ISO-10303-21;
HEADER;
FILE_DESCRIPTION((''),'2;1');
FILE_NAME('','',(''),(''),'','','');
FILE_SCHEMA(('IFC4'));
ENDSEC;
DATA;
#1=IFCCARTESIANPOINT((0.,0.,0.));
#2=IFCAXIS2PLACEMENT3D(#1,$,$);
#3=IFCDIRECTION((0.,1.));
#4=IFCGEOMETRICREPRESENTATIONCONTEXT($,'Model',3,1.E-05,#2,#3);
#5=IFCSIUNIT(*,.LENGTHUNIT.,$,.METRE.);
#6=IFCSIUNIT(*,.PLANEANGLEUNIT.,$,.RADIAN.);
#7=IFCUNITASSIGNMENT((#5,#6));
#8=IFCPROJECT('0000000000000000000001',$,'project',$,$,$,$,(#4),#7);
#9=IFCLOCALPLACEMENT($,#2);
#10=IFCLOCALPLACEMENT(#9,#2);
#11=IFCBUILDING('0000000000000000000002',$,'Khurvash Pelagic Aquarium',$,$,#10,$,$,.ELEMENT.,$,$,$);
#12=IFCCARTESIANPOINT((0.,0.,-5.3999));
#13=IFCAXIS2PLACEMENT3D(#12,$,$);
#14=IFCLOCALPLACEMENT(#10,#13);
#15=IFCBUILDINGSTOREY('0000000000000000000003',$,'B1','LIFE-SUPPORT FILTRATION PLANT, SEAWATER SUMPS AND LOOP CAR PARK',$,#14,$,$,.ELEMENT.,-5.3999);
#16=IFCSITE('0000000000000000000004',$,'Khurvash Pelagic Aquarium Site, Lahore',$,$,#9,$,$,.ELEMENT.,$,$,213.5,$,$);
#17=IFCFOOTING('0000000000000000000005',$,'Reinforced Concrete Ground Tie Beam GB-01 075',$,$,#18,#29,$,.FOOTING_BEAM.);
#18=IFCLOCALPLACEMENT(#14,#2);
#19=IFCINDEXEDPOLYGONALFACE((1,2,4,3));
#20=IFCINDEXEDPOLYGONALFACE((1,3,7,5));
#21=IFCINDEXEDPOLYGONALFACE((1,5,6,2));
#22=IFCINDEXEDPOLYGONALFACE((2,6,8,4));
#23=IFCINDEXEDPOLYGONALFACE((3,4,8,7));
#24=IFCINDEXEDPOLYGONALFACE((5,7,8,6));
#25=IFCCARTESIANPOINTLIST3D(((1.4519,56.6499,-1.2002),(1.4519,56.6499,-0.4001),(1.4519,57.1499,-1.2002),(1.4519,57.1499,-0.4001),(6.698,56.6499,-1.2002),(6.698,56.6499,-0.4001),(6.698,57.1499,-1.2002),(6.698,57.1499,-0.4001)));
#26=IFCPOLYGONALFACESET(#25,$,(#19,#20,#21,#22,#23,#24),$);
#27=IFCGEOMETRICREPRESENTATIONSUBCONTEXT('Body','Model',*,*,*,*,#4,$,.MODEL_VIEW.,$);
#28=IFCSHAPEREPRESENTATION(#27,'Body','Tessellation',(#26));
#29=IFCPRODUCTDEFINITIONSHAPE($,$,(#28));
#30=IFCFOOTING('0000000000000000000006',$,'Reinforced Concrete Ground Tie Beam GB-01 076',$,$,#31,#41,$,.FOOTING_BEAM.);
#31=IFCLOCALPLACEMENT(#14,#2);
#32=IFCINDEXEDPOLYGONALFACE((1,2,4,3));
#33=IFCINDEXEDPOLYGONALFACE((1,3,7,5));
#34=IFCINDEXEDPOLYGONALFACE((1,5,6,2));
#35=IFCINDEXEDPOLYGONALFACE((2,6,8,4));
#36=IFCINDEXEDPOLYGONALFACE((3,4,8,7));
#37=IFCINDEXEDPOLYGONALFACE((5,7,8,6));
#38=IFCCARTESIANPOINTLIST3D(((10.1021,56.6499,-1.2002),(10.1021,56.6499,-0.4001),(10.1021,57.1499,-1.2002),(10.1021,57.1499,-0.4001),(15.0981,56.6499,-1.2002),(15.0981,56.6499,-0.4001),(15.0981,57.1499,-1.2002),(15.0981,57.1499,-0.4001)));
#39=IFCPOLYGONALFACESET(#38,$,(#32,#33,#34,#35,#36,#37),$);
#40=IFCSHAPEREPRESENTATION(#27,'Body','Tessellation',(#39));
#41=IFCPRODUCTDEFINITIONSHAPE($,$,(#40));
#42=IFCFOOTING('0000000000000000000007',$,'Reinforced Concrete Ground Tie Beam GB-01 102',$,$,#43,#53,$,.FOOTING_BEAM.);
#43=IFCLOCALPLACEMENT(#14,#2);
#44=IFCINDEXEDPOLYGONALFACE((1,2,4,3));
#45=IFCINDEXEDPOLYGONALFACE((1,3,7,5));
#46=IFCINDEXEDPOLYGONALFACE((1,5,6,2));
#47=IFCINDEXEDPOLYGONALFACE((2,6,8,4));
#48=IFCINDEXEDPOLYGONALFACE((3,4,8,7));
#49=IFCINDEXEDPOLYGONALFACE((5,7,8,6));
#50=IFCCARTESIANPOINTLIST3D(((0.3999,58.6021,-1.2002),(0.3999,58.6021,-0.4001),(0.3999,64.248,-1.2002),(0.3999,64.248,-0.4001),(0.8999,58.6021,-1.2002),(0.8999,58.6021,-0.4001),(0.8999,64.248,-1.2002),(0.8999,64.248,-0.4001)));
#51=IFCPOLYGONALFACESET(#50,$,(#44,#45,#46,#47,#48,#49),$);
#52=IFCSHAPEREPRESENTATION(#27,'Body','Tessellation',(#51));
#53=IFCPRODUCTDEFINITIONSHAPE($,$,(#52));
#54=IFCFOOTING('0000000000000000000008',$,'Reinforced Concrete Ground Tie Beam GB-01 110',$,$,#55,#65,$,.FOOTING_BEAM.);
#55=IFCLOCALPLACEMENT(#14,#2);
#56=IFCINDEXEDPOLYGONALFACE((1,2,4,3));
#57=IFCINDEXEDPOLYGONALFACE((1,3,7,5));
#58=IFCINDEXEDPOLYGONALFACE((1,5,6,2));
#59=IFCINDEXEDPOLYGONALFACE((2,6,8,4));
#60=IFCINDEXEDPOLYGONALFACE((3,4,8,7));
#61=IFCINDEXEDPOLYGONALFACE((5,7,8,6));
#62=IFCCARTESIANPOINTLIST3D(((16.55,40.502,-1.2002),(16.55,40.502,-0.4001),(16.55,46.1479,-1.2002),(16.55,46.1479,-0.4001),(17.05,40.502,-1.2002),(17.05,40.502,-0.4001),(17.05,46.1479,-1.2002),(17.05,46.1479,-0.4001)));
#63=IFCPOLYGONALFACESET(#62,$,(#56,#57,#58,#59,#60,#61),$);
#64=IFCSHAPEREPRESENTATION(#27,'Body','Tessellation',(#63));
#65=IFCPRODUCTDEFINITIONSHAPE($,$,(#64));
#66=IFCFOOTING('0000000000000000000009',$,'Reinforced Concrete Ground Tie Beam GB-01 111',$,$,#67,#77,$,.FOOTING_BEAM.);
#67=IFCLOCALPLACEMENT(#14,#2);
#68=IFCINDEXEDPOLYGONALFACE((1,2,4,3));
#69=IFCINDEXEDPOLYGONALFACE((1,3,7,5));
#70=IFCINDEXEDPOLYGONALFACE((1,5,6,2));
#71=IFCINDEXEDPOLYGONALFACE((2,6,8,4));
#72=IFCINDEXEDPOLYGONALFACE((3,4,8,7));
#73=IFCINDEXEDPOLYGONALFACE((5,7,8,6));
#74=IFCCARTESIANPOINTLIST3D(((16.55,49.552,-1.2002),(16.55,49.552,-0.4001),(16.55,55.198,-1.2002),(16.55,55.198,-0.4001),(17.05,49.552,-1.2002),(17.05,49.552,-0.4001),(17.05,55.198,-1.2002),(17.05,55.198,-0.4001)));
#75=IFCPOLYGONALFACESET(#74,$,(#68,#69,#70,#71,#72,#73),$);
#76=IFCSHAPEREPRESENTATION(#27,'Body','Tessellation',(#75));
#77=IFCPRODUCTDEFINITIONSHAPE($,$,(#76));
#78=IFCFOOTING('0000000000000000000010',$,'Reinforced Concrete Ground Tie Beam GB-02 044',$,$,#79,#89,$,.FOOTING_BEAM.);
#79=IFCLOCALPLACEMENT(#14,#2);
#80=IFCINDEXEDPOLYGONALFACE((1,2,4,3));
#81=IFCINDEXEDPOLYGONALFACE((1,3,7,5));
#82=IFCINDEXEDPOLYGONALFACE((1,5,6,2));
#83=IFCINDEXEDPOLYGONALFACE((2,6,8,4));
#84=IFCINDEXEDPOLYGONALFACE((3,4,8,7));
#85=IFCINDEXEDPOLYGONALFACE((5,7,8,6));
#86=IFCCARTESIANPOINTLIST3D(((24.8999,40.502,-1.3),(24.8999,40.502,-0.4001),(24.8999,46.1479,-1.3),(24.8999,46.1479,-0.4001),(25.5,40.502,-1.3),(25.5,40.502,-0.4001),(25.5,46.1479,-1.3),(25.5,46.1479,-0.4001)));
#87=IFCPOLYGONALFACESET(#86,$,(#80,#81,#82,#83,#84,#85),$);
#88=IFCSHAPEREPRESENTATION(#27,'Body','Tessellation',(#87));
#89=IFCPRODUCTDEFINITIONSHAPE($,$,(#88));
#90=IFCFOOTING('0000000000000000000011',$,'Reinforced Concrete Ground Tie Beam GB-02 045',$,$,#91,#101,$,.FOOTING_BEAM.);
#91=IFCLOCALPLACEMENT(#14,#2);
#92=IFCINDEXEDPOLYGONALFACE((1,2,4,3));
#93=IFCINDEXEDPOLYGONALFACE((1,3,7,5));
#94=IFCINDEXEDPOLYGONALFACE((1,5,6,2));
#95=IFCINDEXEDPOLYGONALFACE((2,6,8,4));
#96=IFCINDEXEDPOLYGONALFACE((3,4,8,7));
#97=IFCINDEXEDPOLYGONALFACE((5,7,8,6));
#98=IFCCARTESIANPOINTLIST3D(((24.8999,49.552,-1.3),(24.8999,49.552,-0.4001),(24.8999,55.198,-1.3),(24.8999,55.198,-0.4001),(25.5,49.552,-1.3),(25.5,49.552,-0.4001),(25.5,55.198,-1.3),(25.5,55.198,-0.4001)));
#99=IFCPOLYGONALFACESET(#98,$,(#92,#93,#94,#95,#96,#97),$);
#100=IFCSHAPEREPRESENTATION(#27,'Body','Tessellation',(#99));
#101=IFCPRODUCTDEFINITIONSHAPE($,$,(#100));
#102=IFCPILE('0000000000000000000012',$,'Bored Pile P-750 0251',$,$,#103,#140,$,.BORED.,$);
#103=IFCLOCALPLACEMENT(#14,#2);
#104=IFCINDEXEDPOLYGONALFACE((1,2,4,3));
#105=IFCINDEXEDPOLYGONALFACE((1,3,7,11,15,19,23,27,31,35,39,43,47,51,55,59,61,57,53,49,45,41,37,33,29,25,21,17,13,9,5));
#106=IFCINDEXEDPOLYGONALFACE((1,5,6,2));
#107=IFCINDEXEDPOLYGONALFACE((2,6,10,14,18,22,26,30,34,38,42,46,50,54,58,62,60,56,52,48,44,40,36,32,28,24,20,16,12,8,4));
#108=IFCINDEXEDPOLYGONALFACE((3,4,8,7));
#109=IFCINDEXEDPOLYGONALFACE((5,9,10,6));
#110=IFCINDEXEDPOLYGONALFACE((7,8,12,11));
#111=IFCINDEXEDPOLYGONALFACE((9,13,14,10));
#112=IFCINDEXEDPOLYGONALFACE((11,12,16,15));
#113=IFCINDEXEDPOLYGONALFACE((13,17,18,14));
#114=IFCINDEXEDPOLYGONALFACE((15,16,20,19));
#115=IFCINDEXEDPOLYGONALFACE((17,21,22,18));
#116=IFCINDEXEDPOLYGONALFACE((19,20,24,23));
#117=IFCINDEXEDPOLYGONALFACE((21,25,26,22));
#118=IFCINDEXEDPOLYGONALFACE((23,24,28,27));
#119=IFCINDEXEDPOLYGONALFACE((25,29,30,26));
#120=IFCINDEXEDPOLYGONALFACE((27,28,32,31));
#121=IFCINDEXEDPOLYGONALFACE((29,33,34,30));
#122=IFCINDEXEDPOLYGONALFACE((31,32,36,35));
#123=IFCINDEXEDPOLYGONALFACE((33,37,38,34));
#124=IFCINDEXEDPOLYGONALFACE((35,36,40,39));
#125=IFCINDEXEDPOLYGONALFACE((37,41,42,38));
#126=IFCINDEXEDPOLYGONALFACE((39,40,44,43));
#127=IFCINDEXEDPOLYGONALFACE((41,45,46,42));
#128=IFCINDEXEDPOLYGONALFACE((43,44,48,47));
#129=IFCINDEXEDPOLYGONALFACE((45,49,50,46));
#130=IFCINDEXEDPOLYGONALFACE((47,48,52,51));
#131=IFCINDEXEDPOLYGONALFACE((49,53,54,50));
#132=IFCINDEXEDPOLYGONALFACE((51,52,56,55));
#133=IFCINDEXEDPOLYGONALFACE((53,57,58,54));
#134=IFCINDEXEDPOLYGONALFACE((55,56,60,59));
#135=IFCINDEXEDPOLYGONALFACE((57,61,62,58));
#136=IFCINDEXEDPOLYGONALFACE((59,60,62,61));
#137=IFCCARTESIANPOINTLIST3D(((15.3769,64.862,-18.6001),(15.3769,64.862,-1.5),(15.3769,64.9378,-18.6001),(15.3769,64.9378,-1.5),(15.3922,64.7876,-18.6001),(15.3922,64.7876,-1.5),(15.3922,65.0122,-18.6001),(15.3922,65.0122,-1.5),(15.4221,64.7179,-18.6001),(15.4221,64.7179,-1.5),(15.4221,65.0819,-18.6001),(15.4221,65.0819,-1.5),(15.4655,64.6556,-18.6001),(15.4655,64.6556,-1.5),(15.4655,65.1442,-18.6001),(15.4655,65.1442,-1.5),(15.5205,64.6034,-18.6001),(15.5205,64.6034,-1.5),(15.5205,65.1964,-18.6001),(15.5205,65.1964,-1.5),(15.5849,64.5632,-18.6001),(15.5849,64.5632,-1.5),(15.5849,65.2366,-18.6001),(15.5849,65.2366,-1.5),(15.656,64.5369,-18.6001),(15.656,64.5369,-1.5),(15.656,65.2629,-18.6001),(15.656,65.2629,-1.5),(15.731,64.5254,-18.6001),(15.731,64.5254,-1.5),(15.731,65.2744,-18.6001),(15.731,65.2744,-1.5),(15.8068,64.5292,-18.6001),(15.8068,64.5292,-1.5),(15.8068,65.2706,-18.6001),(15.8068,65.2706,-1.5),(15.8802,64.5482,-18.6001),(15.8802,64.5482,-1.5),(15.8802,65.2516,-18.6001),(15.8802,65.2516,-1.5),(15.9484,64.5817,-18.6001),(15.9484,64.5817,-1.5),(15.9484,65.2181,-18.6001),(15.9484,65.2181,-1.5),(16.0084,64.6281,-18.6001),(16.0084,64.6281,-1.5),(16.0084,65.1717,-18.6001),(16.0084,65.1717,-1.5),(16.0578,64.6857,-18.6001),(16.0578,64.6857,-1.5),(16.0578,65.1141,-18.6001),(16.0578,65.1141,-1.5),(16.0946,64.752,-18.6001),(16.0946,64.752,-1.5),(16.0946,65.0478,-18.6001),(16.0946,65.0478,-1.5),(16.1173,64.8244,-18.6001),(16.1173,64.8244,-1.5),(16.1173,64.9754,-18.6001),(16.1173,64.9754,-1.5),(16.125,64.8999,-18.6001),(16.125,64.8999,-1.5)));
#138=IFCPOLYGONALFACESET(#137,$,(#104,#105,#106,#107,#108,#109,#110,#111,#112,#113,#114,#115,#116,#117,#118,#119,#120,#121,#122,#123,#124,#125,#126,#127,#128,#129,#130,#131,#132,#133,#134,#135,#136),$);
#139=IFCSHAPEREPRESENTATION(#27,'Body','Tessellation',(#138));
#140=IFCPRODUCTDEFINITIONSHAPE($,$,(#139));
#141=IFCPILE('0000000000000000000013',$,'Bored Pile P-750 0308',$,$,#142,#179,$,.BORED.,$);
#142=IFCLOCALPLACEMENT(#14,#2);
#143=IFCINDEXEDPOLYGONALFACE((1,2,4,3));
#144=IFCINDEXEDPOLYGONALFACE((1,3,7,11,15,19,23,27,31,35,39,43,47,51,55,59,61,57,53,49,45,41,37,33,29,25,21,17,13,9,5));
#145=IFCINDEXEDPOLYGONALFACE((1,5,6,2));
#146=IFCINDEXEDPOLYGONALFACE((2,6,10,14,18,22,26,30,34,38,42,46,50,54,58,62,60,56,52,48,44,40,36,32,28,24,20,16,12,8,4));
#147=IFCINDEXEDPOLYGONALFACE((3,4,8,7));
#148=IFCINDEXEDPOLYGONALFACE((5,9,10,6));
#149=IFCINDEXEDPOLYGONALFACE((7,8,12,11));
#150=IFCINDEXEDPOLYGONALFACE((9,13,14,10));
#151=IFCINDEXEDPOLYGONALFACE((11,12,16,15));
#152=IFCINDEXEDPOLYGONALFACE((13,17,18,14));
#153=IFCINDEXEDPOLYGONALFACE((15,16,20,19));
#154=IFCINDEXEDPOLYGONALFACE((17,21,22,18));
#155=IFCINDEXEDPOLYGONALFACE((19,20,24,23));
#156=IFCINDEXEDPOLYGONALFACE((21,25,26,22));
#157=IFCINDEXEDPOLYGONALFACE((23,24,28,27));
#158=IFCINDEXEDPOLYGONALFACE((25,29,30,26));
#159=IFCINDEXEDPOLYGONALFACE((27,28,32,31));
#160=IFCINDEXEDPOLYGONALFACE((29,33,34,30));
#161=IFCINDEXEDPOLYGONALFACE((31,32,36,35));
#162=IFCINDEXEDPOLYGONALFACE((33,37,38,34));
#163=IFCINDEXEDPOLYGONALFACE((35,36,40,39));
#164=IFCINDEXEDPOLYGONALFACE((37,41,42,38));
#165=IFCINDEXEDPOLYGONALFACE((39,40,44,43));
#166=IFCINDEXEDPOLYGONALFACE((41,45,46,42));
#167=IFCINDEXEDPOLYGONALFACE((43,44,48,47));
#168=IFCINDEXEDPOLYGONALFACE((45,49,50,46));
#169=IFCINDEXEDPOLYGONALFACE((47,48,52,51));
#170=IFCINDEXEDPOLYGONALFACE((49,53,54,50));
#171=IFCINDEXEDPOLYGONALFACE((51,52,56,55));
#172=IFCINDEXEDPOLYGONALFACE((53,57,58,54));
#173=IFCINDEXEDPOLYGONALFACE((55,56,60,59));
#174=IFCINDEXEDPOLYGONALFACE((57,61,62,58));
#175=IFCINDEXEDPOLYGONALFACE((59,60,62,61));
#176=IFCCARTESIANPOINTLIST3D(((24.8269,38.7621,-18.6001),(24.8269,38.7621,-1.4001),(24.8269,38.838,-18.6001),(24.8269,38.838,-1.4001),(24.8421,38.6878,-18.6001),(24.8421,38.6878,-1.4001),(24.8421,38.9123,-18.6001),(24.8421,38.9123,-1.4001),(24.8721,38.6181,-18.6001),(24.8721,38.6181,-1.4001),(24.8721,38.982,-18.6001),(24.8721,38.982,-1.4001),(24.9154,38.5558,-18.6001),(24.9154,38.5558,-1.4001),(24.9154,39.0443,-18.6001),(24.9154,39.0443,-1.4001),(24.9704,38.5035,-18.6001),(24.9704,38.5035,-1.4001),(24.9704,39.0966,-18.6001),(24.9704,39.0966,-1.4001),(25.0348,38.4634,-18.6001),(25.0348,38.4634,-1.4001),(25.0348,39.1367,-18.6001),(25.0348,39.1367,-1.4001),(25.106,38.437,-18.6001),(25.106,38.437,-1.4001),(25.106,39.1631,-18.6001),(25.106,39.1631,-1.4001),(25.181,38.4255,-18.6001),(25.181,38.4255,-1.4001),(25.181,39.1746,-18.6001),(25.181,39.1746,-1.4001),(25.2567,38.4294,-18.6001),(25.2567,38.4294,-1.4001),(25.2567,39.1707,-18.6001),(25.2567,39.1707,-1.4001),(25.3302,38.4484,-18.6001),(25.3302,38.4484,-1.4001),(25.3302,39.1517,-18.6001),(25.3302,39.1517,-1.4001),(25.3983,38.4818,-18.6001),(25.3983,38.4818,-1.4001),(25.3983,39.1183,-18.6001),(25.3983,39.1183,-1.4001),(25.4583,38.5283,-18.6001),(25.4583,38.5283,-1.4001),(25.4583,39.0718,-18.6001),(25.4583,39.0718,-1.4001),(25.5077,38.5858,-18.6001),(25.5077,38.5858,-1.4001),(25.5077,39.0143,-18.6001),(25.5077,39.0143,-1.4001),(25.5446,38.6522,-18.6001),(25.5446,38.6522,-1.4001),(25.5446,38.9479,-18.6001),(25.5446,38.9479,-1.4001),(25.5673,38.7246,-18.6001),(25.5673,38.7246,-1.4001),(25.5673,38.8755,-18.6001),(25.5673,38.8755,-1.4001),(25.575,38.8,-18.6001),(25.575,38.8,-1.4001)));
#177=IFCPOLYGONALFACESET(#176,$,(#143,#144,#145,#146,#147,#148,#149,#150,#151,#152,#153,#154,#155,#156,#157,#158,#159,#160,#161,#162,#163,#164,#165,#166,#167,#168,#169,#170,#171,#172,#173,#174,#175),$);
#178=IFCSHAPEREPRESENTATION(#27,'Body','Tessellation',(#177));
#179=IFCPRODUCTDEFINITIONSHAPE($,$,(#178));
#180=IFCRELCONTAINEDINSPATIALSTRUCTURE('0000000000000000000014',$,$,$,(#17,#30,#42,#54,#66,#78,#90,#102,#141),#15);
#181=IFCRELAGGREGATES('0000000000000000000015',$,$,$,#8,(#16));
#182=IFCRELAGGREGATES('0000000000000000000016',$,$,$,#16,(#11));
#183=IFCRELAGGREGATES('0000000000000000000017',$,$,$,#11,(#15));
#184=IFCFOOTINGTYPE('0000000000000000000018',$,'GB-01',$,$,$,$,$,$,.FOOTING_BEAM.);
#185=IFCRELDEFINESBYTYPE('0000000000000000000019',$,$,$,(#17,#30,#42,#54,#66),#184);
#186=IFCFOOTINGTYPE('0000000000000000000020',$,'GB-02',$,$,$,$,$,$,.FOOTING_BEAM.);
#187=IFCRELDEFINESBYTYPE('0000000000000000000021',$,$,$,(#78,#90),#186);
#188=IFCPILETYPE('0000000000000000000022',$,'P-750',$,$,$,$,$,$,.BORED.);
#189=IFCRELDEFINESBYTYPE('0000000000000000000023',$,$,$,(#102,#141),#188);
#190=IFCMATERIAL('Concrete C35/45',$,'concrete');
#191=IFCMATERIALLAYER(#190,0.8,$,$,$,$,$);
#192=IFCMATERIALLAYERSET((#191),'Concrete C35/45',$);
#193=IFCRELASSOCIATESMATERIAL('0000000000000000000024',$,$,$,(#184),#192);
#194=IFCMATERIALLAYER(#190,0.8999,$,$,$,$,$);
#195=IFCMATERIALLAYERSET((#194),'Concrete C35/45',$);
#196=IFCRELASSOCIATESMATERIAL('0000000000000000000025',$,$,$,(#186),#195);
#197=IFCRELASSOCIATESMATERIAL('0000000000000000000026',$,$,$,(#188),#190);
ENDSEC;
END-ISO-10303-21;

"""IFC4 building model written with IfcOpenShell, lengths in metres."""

from ifc_helpers import new_model, si_unit, direction, frame, origin, origin_2d, place, context, subcontext, project, spatial, rectangle, circle, extrude, material, layer, layer_set, material_profile, profile_set, type_object, element, save


model = new_model("IFC4")

# Units and contexts
model_context = context("Model", 3, precision=1e-05, world=origin(), true_north=direction((0.0, 1.0)))
body_context = subcontext(model_context, "Body", "Model", "MODEL_VIEW")
ifc_project = project(units=[si_unit("LENGTHUNIT", "METRE"), si_unit("PLANEANGLEUNIT", "RADIAN")], contexts=[model_context])

# Site, building, storey
site_placement = place(None, origin())
site = spatial("IfcSite", under=ifc_project, at=site_placement, Name="Khurvash Pelagic Aquarium Site, Lahore", CompositionType="ELEMENT", RefElevation=213.5)
building_placement = place(site_placement, origin())
building = spatial("IfcBuilding", under=site, at=building_placement, Name="Khurvash Pelagic Aquarium", CompositionType="ELEMENT")
storey_placement = place(building_placement, frame((0.0, 0.0, -5.3999)))
storey = spatial("IfcBuildingStorey", under=building, at=storey_placement, Name="B1", Description="LIFE-SUPPORT FILTRATION PLANT, SEAWATER SUMPS AND LOOP CAR PARK", CompositionType="ELEMENT", Elevation=-5.3999)

# Footings
ifc_material_1 = material(Name="Concrete C35/45", Category="concrete")
ifc_layer_1 = layer(ifc_material_1, 0.8)
ifc_layer_set_1 = layer_set([ifc_layer_1], Name="Concrete C35/45")
footing_type_1 = type_object("IfcFootingType", Name="GB-01", PredefinedType="FOOTING_BEAM", material=ifc_layer_set_1)
footing_1_placement = place(storey_placement, frame((4.075, 56.8999, -1.2002), z_axis=(0.0, 0.0, 1.0), x_axis=(1.0, 0.0, 0.0)))
element("IfcFooting", 1, at=footing_1_placement, inside=storey, type_object=footing_type_1, Name="Reinforced Concrete Ground Tie Beam GB-01 075", PredefinedType="FOOTING_BEAM", context=body_context, shape_type="SweptSolid", body=[
    extrude(rectangle(XDim=5.2461, YDim=0.5, at=origin_2d()), origin(), (0.0, 0.0, 1.0), 0.8),
])
footing_2_placement = place(storey_placement, frame((12.6001, 56.8999, -1.2002), z_axis=(0.0, 0.0, 1.0), x_axis=(1.0, 0.0, 0.0)))
element("IfcFooting", 2, at=footing_2_placement, inside=storey, type_object=footing_type_1, Name="Reinforced Concrete Ground Tie Beam GB-01 076", PredefinedType="FOOTING_BEAM", context=body_context, shape_type="SweptSolid", body=[
    extrude(rectangle(XDim=4.9961, YDim=0.5, at=origin_2d()), origin(), (0.0, 0.0, 1.0), 0.8),
])
for number, where, z_axis, x_axis, name in (
    (3, (0.6499, 61.425, -1.2002), (0.0, 0.0, 1.0), (0.0, 1.0, 0.0), "Reinforced Concrete Ground Tie Beam GB-01 102"),
    (4, (16.8, 43.325, -1.2002), (0.0, 0.0, 1.0), (0.0, 1.0, 0.0), "Reinforced Concrete Ground Tie Beam GB-01 110"),
    (5, (16.8, 52.375, -1.2002), (0.0, 0.0, 1.0), (0.0, 1.0, 0.0), "Reinforced Concrete Ground Tie Beam GB-01 111"),
):
    element("IfcFooting", number, at=place(storey_placement, frame(where, z_axis=z_axis, x_axis=x_axis)), inside=storey, type_object=footing_type_1, Name=name, PredefinedType="FOOTING_BEAM", context=body_context, shape_type="SweptSolid", body=[
        extrude(rectangle(XDim=5.646, YDim=0.5, at=origin_2d()), origin(), (0.0, 0.0, 1.0), 0.8),
    ])
ifc_layer_2 = layer(ifc_material_1, 0.8999)
ifc_layer_set_2 = layer_set([ifc_layer_2], Name="Concrete C35/45")
footing_type_2 = type_object("IfcFootingType", Name="GB-02", PredefinedType="FOOTING_BEAM", material=ifc_layer_set_2)
for number, where, z_axis, x_axis, name in (
    (6, (25.2, 43.325, -1.3), (0.0, 0.0, 1.0), (0.0, 1.0, 0.0), "Reinforced Concrete Ground Tie Beam GB-02 044"),
    (7, (25.2, 52.375, -1.3), (0.0, 0.0, 1.0), (0.0, 1.0, 0.0), "Reinforced Concrete Ground Tie Beam GB-02 045"),
):
    element("IfcFooting", number, at=place(storey_placement, frame(where, z_axis=z_axis, x_axis=x_axis)), inside=storey, type_object=footing_type_2, Name=name, PredefinedType="FOOTING_BEAM", context=body_context, shape_type="SweptSolid", body=[
        extrude(rectangle(XDim=5.646, YDim=0.6001, at=origin_2d()), origin(), (0.0, 0.0, 1.0), 0.8999),
    ])

# Piles
ifc_material_profile_1 = material_profile(ifc_material_1, circle(Radius=0.375, at=origin_2d()), Name="PILE750")
ifc_profile_set_1 = profile_set([ifc_material_profile_1], Name="Concrete C35/45")
pile_type = type_object("IfcPileType", Name="P-750", PredefinedType="BORED", material=ifc_profile_set_1)
pile_placement = place(storey_placement, frame((15.75, 64.8999, -1.5), z_axis=(0.0, 0.0, -1.0), x_axis=(1.0, 0.0, 0.0)))
element("IfcPile", 8, at=pile_placement, inside=storey, type_object=pile_type, Name="Bored Pile P-750 0251", PredefinedType="BORED", context=body_context, shape_type="SweptSolid", body=[
    extrude(circle(Radius=0.375, at=origin_2d()), origin(), (0.0, 0.0, 1.0), 17.1001),
])
for number, where, z_axis, x_axis, name in (
    (9, (25.2, 38.8, -1.4001), (0.0, 0.0, -1.0), (1.0, 0.0, 0.0), "Bored Pile P-750 0308"),
):
    element("IfcPile", number, at=place(storey_placement, frame(where, z_axis=z_axis, x_axis=x_axis)), inside=storey, type_object=pile_type, Name=name, PredefinedType="BORED", context=body_context, shape_type="SweptSolid", body=[
        extrude(circle(Radius=0.375, at=origin_2d()), origin(), (0.0, 0.0, 1.0), 17.2),
    ])

save(model, "model.ifc")
